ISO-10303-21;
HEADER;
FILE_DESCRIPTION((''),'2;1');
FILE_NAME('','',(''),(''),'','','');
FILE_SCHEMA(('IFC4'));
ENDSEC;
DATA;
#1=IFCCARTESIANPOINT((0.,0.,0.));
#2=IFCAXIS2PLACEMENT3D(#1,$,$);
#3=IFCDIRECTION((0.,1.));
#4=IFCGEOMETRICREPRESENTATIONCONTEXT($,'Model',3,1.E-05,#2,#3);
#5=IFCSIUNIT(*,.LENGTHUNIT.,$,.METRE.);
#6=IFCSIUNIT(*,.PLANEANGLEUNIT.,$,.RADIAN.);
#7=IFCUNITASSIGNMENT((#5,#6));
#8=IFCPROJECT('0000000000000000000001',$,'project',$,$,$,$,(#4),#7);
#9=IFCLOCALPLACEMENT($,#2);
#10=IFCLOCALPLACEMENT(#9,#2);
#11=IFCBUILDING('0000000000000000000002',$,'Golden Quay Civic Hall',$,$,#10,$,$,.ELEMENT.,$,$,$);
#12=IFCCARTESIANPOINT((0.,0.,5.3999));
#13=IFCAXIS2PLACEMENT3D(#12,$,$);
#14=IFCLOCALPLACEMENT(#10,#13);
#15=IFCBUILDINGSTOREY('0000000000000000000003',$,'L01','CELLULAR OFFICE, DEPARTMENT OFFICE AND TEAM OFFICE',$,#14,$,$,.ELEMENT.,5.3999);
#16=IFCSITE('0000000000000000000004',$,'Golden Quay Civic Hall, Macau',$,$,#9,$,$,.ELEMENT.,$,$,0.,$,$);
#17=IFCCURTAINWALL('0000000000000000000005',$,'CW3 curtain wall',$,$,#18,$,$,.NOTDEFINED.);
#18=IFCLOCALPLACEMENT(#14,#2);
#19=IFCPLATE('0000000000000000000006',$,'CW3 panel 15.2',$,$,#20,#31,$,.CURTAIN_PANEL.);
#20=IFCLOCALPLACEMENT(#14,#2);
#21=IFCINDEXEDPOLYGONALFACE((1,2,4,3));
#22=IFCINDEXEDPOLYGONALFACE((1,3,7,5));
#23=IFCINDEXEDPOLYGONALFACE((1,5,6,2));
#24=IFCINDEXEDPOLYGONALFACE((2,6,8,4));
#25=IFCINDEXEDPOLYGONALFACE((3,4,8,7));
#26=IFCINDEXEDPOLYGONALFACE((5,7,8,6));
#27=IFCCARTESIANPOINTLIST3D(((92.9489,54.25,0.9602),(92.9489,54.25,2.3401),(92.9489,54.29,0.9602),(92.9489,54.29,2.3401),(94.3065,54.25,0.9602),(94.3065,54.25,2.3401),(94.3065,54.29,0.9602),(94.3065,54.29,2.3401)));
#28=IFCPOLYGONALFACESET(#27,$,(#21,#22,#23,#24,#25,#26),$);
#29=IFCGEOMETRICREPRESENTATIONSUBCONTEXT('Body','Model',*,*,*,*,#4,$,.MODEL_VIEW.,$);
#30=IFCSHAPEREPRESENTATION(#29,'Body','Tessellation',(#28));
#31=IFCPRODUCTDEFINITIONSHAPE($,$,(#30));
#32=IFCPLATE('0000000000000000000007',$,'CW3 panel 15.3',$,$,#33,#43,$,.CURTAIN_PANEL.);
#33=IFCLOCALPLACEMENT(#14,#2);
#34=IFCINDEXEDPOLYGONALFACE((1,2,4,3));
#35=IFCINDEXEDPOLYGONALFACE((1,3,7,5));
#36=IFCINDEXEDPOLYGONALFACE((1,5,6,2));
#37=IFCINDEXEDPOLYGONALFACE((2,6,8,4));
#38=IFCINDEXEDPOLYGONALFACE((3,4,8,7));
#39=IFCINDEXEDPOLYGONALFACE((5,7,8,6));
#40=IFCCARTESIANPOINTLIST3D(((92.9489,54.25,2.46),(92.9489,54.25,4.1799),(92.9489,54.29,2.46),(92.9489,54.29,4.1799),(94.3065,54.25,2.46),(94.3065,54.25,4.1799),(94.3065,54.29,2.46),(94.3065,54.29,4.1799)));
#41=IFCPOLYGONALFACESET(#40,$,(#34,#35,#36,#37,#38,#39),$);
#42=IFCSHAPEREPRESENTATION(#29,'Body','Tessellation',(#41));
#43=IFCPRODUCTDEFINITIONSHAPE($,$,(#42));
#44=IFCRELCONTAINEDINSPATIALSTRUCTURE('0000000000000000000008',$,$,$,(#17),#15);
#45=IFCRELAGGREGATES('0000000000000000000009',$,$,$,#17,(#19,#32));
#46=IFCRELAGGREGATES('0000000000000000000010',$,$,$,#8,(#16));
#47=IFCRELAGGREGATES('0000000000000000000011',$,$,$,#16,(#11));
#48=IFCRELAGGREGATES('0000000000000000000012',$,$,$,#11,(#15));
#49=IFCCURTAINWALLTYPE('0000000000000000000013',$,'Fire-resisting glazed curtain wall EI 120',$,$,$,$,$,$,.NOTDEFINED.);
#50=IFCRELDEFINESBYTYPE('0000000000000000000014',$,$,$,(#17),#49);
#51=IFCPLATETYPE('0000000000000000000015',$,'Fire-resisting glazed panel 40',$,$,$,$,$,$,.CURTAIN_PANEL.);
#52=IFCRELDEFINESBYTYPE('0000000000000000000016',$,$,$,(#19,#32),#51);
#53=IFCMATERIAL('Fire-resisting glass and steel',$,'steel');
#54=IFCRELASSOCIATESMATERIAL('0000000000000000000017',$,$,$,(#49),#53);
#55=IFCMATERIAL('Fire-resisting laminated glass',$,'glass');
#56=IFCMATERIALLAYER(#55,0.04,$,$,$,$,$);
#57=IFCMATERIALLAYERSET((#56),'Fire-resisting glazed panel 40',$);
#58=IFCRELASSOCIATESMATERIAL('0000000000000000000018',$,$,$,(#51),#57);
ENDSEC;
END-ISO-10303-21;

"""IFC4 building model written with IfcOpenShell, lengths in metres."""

from ifc_helpers import new_model, si_unit, direction, frame, origin, origin_2d, place, context, subcontext, project, spatial, rectangle, extrude, material, layer, layer_set, type_object, element, aggregate, save


model = new_model("IFC4")

# Units and contexts
model_context = context("Model", 3, precision=1e-05, world=origin(), true_north=direction((0.0, 1.0)))
body_context = subcontext(model_context, "Body", "Model", "MODEL_VIEW")
ifc_project = project(units=[si_unit("LENGTHUNIT", "METRE"), si_unit("PLANEANGLEUNIT", "RADIAN")], contexts=[model_context])

# Site, building, storey
site_placement = place(None, origin())
site = spatial("IfcSite", under=ifc_project, at=site_placement, Name="Golden Quay Civic Hall, Macau", CompositionType="ELEMENT", RefElevation=0.0)
building_placement = place(site_placement, origin())
building = spatial("IfcBuilding", under=site, at=building_placement, Name="Golden Quay Civic Hall", CompositionType="ELEMENT")
storey_placement = place(building_placement, frame((0.0, 0.0, 5.3999)))
storey = spatial("IfcBuildingStorey", under=building, at=storey_placement, Name="L01", Description="CELLULAR OFFICE, DEPARTMENT OFFICE AND TEAM OFFICE", CompositionType="ELEMENT", Elevation=5.3999)

# Curtain wall
ifc_material_1 = material(Name="Fire-resisting glass and steel", Category="steel")
curtain_wall_type = type_object("IfcCurtainWallType", Name="Fire-resisting glazed curtain wall EI 120", PredefinedType="NOTDEFINED", material=ifc_material_1)
curtain_wall_placement = place(storey_placement, origin())
curtain_wall = element("IfcCurtainWall", 1, at=curtain_wall_placement, inside=storey, type_object=curtain_wall_type, Name="CW3 curtain wall", PredefinedType="NOTDEFINED")

# Plates
ifc_material_2 = material(Name="Fire-resisting laminated glass", Category="glass")
ifc_layer = layer(ifc_material_2, 0.04)
ifc_layer_set = layer_set([ifc_layer], Name="Fire-resisting glazed panel 40")
plate_type = type_object("IfcPlateType", Name="Fire-resisting glazed panel 40", PredefinedType="CURTAIN_PANEL", material=ifc_layer_set)
plate_1_placement = place(storey_placement, frame((93.6277, 54.27, 0.9602), z_axis=(0.0, 0.0, 1.0), x_axis=(1.0, 0.0, 0.0)))
plate_1 = element("IfcPlate", 2, at=plate_1_placement, type_object=plate_type, Name="CW3 panel 15.2", PredefinedType="CURTAIN_PANEL", context=body_context, shape_type="SweptSolid", body=[
    extrude(rectangle(XDim=1.3577, YDim=0.04, at=origin_2d()), origin(), (0.0, 0.0, 1.0), 1.3799),
])
plate_2_placement = place(storey_placement, frame((93.6277, 54.27, 2.46), z_axis=(0.0, 0.0, 1.0), x_axis=(1.0, 0.0, 0.0)))
plate_2 = element("IfcPlate", 3, at=plate_2_placement, type_object=plate_type, Name="CW3 panel 15.3", PredefinedType="CURTAIN_PANEL", context=body_context, shape_type="SweptSolid", body=[
    extrude(rectangle(XDim=1.3577, YDim=0.04, at=origin_2d()), origin(), (0.0, 0.0, 1.0), 1.72),
])
aggregate(curtain_wall, [plate_1, plate_2])

save(model, "model.ifc")
